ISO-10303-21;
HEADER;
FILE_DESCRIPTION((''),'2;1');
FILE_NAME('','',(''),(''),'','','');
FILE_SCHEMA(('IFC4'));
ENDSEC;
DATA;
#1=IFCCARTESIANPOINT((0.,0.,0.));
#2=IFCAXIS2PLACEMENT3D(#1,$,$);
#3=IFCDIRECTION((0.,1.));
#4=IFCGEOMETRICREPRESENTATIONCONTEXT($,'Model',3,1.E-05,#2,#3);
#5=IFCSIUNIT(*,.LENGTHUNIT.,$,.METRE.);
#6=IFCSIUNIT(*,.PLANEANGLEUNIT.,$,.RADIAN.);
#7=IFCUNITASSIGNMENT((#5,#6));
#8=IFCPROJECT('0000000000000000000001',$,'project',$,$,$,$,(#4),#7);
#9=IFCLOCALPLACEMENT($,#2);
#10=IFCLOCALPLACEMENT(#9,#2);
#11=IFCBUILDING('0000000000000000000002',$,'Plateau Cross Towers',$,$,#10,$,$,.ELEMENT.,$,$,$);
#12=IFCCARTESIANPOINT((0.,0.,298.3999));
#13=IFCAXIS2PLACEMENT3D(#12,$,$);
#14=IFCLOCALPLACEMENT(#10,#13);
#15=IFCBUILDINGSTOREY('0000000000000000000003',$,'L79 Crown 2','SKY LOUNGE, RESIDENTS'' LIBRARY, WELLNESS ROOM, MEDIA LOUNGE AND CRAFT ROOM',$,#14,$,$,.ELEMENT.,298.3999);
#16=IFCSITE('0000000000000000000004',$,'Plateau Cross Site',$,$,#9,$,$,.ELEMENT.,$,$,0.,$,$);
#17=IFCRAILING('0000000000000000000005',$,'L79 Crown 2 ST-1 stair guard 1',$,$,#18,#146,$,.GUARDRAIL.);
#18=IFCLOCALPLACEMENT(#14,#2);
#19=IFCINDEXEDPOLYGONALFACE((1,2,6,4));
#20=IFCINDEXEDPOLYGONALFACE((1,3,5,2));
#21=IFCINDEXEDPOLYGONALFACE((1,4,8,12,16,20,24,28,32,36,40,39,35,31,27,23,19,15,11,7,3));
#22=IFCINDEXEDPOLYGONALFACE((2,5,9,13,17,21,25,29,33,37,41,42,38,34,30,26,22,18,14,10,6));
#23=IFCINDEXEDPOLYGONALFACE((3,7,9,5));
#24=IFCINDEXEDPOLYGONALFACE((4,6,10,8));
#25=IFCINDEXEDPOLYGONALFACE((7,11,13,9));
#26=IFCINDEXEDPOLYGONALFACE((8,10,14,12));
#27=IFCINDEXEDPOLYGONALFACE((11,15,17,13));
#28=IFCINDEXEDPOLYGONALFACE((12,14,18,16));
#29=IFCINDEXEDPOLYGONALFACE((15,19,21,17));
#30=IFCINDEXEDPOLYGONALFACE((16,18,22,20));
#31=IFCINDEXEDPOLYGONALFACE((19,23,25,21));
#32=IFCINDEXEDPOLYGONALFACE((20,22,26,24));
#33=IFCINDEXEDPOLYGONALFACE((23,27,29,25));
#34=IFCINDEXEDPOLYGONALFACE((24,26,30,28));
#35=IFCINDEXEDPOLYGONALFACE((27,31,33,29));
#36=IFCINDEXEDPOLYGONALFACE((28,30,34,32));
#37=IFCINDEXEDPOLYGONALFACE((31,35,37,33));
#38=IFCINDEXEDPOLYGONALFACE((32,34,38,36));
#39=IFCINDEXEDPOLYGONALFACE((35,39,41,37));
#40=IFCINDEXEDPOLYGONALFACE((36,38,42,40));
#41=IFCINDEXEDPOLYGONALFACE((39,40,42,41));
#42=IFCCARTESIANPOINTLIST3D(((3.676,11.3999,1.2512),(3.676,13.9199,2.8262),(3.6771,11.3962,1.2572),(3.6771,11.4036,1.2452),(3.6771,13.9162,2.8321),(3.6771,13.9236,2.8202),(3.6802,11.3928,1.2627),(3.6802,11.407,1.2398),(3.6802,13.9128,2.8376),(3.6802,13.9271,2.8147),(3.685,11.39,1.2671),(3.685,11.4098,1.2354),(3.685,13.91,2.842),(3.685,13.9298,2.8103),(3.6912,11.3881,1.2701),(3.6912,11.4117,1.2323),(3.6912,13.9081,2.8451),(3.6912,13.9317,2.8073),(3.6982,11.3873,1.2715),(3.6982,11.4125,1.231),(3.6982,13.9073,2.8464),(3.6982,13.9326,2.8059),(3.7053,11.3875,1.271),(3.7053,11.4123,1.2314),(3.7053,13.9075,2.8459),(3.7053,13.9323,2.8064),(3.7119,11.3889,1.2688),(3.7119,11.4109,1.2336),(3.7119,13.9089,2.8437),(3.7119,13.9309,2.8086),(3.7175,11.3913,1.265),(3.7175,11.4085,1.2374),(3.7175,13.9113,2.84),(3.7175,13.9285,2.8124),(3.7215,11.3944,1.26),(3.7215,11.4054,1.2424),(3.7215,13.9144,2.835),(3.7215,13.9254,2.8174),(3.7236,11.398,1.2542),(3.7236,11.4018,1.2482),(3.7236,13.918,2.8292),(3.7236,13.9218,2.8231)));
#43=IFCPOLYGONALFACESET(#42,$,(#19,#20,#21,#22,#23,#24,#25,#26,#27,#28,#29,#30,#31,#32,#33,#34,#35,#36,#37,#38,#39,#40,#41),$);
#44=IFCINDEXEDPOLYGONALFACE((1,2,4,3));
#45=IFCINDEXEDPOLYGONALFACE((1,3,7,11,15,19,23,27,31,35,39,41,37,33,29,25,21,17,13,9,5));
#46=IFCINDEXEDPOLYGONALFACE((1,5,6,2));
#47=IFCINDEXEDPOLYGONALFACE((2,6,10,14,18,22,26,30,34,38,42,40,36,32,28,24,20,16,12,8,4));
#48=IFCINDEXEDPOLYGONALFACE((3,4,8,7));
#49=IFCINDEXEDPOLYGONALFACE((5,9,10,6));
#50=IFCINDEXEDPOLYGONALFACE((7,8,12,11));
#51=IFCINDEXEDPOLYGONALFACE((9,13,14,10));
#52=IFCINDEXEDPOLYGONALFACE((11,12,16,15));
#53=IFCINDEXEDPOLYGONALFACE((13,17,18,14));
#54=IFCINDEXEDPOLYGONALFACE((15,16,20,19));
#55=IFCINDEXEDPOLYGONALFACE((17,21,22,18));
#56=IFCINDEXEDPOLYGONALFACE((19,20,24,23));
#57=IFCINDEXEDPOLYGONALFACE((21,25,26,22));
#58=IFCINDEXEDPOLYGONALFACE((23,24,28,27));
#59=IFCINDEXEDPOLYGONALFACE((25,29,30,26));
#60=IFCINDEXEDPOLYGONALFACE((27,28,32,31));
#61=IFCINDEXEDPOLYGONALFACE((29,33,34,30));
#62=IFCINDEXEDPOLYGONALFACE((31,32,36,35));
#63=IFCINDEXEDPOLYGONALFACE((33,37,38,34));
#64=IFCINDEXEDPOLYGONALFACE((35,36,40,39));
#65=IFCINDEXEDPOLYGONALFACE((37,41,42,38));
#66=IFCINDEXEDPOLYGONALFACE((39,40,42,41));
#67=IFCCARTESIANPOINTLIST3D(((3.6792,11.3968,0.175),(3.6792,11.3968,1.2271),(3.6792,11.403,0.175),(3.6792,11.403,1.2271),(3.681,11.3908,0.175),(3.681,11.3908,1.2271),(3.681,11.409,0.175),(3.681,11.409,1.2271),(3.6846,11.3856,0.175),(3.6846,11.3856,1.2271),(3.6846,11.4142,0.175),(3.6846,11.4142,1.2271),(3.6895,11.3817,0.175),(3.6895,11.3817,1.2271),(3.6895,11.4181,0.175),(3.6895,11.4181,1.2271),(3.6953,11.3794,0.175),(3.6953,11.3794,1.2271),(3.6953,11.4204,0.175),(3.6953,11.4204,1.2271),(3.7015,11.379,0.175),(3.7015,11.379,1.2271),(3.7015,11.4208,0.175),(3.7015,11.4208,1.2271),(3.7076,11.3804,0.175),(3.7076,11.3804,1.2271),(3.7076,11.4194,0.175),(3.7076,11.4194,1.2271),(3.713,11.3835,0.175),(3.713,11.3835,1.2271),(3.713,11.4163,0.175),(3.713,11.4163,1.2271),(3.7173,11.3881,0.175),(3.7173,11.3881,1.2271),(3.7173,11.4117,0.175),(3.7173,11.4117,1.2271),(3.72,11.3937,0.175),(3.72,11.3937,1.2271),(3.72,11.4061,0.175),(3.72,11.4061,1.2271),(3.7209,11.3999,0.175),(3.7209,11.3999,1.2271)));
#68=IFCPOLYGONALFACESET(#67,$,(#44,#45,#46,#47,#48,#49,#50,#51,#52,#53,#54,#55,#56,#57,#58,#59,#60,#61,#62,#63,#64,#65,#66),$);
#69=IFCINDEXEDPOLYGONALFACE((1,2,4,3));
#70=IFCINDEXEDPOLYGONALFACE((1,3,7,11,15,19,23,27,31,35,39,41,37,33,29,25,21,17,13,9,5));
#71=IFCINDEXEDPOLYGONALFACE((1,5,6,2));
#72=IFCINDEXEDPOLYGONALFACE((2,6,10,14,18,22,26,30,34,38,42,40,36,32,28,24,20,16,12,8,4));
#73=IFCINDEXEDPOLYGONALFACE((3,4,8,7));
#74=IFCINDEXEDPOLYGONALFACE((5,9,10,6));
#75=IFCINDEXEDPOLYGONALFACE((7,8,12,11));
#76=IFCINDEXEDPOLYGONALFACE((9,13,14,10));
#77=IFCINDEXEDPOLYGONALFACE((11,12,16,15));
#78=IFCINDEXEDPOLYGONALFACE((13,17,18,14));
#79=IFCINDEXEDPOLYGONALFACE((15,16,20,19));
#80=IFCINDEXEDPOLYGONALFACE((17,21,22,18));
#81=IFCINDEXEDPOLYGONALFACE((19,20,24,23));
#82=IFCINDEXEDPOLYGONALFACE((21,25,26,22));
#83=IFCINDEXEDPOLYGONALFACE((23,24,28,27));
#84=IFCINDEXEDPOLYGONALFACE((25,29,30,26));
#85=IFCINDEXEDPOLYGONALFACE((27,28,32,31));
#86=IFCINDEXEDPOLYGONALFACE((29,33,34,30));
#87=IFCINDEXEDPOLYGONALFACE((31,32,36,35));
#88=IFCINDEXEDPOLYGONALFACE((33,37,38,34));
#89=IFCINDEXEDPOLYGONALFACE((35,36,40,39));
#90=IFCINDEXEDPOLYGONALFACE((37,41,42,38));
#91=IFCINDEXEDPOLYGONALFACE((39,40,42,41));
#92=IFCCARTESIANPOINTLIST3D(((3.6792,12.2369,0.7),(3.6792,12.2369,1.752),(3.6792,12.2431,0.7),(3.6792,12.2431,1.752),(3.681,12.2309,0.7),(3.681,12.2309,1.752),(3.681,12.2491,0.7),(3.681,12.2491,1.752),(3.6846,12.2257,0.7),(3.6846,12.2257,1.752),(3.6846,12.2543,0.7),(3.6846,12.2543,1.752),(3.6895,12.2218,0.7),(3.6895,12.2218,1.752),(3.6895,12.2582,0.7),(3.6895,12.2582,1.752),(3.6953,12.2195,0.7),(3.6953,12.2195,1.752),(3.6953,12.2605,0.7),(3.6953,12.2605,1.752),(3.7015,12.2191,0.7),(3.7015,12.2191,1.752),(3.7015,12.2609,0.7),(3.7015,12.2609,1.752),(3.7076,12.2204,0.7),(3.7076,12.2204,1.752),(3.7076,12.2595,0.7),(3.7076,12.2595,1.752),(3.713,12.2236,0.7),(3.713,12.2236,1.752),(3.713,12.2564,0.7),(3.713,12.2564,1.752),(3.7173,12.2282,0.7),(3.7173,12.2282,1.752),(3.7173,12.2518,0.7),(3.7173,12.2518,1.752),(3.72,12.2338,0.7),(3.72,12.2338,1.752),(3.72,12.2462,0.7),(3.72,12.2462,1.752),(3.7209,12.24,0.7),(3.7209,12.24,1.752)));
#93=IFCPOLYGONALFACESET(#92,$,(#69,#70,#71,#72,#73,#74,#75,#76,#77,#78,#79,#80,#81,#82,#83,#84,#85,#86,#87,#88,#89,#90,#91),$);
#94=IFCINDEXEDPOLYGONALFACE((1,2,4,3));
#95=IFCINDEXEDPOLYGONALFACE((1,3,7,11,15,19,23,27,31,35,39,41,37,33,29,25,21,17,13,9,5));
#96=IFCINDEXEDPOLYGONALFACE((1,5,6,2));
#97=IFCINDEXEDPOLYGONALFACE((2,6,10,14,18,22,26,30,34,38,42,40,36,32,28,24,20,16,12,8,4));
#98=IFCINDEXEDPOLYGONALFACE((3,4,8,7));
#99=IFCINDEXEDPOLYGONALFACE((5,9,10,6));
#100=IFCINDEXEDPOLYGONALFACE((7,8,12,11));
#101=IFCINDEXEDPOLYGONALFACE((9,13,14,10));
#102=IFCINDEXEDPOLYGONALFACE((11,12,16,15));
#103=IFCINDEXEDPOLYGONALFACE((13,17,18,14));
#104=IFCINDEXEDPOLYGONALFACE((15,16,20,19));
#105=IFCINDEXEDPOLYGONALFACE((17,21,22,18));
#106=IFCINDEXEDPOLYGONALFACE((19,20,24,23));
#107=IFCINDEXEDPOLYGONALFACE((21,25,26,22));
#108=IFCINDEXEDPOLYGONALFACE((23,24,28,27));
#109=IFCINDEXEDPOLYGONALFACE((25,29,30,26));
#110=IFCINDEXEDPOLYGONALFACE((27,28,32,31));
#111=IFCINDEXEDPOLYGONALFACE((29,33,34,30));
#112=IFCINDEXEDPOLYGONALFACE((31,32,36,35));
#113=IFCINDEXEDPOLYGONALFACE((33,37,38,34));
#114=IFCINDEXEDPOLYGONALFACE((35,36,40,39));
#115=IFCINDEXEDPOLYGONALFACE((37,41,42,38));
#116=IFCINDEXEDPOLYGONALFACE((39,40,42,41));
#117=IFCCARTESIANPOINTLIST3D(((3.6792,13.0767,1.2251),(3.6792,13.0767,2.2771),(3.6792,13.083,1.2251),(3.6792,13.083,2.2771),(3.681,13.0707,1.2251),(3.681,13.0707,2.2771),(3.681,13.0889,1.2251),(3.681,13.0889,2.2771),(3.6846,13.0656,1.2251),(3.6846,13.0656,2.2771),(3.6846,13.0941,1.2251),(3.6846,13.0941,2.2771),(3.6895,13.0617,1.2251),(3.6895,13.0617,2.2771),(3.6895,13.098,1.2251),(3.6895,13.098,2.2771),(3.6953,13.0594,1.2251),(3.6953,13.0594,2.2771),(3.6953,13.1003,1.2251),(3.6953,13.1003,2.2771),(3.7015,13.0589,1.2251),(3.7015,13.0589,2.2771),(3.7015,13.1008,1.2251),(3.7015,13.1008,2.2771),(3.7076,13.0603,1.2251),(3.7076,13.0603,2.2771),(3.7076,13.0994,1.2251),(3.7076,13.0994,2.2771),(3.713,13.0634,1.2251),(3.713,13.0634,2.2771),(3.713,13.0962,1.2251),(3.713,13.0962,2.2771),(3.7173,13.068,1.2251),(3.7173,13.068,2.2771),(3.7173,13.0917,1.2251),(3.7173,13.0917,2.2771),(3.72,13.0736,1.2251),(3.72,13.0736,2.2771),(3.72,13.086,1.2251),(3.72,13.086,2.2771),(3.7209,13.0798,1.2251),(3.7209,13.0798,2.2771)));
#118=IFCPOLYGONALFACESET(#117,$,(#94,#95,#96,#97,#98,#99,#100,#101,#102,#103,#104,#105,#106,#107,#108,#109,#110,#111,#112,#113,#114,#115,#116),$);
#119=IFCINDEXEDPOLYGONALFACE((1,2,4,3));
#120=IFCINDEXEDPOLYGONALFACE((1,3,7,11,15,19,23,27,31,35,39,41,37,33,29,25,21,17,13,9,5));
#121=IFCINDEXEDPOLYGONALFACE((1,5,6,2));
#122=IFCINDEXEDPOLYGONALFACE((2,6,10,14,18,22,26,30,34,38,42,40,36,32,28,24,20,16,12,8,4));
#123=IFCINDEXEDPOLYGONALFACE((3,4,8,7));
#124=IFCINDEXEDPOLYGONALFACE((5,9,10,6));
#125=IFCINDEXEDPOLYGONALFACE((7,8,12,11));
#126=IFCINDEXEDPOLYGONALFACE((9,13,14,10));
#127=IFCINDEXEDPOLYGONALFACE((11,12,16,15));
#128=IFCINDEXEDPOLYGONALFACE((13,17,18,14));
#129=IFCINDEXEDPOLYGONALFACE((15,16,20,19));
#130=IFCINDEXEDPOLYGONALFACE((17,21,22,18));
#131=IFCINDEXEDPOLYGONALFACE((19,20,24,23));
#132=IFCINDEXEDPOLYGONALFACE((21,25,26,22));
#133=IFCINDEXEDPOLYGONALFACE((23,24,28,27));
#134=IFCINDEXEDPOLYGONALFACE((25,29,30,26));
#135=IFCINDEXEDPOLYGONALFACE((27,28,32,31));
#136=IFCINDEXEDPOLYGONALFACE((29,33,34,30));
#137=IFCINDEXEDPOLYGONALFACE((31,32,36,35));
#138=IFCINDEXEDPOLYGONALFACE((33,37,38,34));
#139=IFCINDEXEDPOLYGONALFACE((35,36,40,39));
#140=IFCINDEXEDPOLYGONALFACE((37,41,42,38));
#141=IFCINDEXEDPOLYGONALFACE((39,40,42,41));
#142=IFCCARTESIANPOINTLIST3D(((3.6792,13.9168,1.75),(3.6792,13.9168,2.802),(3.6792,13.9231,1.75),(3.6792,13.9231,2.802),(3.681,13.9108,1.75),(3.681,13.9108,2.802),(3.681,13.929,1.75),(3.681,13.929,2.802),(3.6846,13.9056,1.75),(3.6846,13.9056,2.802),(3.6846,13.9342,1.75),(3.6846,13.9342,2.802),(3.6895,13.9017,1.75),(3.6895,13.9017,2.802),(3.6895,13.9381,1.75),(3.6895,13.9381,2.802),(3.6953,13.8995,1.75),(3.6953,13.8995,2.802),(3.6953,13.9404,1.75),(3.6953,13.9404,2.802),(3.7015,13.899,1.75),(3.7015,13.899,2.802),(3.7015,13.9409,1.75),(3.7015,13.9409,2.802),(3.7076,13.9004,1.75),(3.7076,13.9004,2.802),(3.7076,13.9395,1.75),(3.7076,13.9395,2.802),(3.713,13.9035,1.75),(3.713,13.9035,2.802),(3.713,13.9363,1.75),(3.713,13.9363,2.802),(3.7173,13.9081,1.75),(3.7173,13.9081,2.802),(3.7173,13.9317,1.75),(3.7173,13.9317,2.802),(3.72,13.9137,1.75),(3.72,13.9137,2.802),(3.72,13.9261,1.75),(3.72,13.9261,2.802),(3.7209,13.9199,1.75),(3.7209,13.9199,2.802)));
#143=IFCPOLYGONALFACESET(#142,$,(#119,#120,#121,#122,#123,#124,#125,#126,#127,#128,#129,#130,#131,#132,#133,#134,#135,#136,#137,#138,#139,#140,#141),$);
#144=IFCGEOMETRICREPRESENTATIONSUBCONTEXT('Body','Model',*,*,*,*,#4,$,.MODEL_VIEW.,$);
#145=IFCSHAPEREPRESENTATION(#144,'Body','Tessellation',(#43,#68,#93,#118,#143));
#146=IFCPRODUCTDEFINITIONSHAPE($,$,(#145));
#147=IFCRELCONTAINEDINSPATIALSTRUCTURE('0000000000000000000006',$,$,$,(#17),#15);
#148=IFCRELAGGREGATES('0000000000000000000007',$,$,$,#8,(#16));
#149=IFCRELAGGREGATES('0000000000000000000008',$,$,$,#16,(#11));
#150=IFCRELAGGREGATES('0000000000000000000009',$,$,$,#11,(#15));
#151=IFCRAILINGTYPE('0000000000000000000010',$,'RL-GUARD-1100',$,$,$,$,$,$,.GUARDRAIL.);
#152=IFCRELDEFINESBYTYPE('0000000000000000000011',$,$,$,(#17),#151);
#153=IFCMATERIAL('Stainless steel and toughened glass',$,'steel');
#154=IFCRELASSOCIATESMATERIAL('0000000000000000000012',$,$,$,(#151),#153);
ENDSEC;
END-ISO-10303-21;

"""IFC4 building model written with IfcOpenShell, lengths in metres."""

from ifc_helpers import new_model, si_unit, direction, frame, origin, origin_2d, place, context, subcontext, project, spatial, circle, extrude, material, type_object, element, save


model = new_model("IFC4")

# Units and contexts
model_context = context("Model", 3, precision=1e-05, world=origin(), true_north=direction((0.0, 1.0)))
body_context = subcontext(model_context, "Body", "Model", "MODEL_VIEW")
ifc_project = project(units=[si_unit("LENGTHUNIT", "METRE"), si_unit("PLANEANGLEUNIT", "RADIAN")], contexts=[model_context])

# Site, building, storey
site_placement = place(None, origin())
site = spatial("IfcSite", under=ifc_project, at=site_placement, Name="Plateau Cross Site", CompositionType="ELEMENT", RefElevation=0.0)
building_placement = place(site_placement, origin())
building = spatial("IfcBuilding", under=site, at=building_placement, Name="Plateau Cross Towers", CompositionType="ELEMENT")
storey_placement = place(building_placement, frame((0.0, 0.0, 298.3999)))
storey = spatial("IfcBuildingStorey", under=building, at=storey_placement, Name="L79 Crown 2", Description="SKY LOUNGE, RESIDENTS' LIBRARY, WELLNESS ROOM, MEDIA LOUNGE AND CRAFT ROOM", CompositionType="ELEMENT", Elevation=298.3999)

# Railing
ifc_material_1 = material(Name="Stainless steel and toughened glass", Category="steel")
railing_type_1 = type_object("IfcRailingType", Name="RL-GUARD-1100", PredefinedType="GUARDRAIL", material=ifc_material_1)
railing_1_placement = place(storey_placement, frame((3.7, 11.3999, 0.175)))
element("IfcRailing", 1, at=railing_1_placement, inside=storey, type_object=railing_type_1, Name="L79 Crown 2 ST-1 stair guard 1", PredefinedType="GUARDRAIL", context=body_context, shape_type="SweptSolid", body=[
    extrude(circle(Radius=0.0239, at=origin_2d()), frame((0.0, 0.0, 1.0762), z_axis=(0.0, 0.848008, 0.529984), x_axis=(-1.0, 0.0, 0.0)), (0.0, 0.0, 1.0), 2.9717),
    extrude(circle(Radius=0.021, at=origin_2d()), origin(), (0.0, 0.0, 1.0), 1.052),
    extrude(circle(Radius=0.021, at=origin_2d()), frame((0.0, 0.8401, 0.5249)), (0.0, 0.0, 1.0), 1.052),
    extrude(circle(Radius=0.021, at=origin_2d()), frame((0.0, 1.6799, 1.05)), (0.0, 0.0, 1.0), 1.052),
    extrude(circle(Radius=0.021, at=origin_2d()), frame((0.0, 2.52, 1.575)), (0.0, 0.0, 1.0), 1.052),
])

save(model, "model.ifc")
